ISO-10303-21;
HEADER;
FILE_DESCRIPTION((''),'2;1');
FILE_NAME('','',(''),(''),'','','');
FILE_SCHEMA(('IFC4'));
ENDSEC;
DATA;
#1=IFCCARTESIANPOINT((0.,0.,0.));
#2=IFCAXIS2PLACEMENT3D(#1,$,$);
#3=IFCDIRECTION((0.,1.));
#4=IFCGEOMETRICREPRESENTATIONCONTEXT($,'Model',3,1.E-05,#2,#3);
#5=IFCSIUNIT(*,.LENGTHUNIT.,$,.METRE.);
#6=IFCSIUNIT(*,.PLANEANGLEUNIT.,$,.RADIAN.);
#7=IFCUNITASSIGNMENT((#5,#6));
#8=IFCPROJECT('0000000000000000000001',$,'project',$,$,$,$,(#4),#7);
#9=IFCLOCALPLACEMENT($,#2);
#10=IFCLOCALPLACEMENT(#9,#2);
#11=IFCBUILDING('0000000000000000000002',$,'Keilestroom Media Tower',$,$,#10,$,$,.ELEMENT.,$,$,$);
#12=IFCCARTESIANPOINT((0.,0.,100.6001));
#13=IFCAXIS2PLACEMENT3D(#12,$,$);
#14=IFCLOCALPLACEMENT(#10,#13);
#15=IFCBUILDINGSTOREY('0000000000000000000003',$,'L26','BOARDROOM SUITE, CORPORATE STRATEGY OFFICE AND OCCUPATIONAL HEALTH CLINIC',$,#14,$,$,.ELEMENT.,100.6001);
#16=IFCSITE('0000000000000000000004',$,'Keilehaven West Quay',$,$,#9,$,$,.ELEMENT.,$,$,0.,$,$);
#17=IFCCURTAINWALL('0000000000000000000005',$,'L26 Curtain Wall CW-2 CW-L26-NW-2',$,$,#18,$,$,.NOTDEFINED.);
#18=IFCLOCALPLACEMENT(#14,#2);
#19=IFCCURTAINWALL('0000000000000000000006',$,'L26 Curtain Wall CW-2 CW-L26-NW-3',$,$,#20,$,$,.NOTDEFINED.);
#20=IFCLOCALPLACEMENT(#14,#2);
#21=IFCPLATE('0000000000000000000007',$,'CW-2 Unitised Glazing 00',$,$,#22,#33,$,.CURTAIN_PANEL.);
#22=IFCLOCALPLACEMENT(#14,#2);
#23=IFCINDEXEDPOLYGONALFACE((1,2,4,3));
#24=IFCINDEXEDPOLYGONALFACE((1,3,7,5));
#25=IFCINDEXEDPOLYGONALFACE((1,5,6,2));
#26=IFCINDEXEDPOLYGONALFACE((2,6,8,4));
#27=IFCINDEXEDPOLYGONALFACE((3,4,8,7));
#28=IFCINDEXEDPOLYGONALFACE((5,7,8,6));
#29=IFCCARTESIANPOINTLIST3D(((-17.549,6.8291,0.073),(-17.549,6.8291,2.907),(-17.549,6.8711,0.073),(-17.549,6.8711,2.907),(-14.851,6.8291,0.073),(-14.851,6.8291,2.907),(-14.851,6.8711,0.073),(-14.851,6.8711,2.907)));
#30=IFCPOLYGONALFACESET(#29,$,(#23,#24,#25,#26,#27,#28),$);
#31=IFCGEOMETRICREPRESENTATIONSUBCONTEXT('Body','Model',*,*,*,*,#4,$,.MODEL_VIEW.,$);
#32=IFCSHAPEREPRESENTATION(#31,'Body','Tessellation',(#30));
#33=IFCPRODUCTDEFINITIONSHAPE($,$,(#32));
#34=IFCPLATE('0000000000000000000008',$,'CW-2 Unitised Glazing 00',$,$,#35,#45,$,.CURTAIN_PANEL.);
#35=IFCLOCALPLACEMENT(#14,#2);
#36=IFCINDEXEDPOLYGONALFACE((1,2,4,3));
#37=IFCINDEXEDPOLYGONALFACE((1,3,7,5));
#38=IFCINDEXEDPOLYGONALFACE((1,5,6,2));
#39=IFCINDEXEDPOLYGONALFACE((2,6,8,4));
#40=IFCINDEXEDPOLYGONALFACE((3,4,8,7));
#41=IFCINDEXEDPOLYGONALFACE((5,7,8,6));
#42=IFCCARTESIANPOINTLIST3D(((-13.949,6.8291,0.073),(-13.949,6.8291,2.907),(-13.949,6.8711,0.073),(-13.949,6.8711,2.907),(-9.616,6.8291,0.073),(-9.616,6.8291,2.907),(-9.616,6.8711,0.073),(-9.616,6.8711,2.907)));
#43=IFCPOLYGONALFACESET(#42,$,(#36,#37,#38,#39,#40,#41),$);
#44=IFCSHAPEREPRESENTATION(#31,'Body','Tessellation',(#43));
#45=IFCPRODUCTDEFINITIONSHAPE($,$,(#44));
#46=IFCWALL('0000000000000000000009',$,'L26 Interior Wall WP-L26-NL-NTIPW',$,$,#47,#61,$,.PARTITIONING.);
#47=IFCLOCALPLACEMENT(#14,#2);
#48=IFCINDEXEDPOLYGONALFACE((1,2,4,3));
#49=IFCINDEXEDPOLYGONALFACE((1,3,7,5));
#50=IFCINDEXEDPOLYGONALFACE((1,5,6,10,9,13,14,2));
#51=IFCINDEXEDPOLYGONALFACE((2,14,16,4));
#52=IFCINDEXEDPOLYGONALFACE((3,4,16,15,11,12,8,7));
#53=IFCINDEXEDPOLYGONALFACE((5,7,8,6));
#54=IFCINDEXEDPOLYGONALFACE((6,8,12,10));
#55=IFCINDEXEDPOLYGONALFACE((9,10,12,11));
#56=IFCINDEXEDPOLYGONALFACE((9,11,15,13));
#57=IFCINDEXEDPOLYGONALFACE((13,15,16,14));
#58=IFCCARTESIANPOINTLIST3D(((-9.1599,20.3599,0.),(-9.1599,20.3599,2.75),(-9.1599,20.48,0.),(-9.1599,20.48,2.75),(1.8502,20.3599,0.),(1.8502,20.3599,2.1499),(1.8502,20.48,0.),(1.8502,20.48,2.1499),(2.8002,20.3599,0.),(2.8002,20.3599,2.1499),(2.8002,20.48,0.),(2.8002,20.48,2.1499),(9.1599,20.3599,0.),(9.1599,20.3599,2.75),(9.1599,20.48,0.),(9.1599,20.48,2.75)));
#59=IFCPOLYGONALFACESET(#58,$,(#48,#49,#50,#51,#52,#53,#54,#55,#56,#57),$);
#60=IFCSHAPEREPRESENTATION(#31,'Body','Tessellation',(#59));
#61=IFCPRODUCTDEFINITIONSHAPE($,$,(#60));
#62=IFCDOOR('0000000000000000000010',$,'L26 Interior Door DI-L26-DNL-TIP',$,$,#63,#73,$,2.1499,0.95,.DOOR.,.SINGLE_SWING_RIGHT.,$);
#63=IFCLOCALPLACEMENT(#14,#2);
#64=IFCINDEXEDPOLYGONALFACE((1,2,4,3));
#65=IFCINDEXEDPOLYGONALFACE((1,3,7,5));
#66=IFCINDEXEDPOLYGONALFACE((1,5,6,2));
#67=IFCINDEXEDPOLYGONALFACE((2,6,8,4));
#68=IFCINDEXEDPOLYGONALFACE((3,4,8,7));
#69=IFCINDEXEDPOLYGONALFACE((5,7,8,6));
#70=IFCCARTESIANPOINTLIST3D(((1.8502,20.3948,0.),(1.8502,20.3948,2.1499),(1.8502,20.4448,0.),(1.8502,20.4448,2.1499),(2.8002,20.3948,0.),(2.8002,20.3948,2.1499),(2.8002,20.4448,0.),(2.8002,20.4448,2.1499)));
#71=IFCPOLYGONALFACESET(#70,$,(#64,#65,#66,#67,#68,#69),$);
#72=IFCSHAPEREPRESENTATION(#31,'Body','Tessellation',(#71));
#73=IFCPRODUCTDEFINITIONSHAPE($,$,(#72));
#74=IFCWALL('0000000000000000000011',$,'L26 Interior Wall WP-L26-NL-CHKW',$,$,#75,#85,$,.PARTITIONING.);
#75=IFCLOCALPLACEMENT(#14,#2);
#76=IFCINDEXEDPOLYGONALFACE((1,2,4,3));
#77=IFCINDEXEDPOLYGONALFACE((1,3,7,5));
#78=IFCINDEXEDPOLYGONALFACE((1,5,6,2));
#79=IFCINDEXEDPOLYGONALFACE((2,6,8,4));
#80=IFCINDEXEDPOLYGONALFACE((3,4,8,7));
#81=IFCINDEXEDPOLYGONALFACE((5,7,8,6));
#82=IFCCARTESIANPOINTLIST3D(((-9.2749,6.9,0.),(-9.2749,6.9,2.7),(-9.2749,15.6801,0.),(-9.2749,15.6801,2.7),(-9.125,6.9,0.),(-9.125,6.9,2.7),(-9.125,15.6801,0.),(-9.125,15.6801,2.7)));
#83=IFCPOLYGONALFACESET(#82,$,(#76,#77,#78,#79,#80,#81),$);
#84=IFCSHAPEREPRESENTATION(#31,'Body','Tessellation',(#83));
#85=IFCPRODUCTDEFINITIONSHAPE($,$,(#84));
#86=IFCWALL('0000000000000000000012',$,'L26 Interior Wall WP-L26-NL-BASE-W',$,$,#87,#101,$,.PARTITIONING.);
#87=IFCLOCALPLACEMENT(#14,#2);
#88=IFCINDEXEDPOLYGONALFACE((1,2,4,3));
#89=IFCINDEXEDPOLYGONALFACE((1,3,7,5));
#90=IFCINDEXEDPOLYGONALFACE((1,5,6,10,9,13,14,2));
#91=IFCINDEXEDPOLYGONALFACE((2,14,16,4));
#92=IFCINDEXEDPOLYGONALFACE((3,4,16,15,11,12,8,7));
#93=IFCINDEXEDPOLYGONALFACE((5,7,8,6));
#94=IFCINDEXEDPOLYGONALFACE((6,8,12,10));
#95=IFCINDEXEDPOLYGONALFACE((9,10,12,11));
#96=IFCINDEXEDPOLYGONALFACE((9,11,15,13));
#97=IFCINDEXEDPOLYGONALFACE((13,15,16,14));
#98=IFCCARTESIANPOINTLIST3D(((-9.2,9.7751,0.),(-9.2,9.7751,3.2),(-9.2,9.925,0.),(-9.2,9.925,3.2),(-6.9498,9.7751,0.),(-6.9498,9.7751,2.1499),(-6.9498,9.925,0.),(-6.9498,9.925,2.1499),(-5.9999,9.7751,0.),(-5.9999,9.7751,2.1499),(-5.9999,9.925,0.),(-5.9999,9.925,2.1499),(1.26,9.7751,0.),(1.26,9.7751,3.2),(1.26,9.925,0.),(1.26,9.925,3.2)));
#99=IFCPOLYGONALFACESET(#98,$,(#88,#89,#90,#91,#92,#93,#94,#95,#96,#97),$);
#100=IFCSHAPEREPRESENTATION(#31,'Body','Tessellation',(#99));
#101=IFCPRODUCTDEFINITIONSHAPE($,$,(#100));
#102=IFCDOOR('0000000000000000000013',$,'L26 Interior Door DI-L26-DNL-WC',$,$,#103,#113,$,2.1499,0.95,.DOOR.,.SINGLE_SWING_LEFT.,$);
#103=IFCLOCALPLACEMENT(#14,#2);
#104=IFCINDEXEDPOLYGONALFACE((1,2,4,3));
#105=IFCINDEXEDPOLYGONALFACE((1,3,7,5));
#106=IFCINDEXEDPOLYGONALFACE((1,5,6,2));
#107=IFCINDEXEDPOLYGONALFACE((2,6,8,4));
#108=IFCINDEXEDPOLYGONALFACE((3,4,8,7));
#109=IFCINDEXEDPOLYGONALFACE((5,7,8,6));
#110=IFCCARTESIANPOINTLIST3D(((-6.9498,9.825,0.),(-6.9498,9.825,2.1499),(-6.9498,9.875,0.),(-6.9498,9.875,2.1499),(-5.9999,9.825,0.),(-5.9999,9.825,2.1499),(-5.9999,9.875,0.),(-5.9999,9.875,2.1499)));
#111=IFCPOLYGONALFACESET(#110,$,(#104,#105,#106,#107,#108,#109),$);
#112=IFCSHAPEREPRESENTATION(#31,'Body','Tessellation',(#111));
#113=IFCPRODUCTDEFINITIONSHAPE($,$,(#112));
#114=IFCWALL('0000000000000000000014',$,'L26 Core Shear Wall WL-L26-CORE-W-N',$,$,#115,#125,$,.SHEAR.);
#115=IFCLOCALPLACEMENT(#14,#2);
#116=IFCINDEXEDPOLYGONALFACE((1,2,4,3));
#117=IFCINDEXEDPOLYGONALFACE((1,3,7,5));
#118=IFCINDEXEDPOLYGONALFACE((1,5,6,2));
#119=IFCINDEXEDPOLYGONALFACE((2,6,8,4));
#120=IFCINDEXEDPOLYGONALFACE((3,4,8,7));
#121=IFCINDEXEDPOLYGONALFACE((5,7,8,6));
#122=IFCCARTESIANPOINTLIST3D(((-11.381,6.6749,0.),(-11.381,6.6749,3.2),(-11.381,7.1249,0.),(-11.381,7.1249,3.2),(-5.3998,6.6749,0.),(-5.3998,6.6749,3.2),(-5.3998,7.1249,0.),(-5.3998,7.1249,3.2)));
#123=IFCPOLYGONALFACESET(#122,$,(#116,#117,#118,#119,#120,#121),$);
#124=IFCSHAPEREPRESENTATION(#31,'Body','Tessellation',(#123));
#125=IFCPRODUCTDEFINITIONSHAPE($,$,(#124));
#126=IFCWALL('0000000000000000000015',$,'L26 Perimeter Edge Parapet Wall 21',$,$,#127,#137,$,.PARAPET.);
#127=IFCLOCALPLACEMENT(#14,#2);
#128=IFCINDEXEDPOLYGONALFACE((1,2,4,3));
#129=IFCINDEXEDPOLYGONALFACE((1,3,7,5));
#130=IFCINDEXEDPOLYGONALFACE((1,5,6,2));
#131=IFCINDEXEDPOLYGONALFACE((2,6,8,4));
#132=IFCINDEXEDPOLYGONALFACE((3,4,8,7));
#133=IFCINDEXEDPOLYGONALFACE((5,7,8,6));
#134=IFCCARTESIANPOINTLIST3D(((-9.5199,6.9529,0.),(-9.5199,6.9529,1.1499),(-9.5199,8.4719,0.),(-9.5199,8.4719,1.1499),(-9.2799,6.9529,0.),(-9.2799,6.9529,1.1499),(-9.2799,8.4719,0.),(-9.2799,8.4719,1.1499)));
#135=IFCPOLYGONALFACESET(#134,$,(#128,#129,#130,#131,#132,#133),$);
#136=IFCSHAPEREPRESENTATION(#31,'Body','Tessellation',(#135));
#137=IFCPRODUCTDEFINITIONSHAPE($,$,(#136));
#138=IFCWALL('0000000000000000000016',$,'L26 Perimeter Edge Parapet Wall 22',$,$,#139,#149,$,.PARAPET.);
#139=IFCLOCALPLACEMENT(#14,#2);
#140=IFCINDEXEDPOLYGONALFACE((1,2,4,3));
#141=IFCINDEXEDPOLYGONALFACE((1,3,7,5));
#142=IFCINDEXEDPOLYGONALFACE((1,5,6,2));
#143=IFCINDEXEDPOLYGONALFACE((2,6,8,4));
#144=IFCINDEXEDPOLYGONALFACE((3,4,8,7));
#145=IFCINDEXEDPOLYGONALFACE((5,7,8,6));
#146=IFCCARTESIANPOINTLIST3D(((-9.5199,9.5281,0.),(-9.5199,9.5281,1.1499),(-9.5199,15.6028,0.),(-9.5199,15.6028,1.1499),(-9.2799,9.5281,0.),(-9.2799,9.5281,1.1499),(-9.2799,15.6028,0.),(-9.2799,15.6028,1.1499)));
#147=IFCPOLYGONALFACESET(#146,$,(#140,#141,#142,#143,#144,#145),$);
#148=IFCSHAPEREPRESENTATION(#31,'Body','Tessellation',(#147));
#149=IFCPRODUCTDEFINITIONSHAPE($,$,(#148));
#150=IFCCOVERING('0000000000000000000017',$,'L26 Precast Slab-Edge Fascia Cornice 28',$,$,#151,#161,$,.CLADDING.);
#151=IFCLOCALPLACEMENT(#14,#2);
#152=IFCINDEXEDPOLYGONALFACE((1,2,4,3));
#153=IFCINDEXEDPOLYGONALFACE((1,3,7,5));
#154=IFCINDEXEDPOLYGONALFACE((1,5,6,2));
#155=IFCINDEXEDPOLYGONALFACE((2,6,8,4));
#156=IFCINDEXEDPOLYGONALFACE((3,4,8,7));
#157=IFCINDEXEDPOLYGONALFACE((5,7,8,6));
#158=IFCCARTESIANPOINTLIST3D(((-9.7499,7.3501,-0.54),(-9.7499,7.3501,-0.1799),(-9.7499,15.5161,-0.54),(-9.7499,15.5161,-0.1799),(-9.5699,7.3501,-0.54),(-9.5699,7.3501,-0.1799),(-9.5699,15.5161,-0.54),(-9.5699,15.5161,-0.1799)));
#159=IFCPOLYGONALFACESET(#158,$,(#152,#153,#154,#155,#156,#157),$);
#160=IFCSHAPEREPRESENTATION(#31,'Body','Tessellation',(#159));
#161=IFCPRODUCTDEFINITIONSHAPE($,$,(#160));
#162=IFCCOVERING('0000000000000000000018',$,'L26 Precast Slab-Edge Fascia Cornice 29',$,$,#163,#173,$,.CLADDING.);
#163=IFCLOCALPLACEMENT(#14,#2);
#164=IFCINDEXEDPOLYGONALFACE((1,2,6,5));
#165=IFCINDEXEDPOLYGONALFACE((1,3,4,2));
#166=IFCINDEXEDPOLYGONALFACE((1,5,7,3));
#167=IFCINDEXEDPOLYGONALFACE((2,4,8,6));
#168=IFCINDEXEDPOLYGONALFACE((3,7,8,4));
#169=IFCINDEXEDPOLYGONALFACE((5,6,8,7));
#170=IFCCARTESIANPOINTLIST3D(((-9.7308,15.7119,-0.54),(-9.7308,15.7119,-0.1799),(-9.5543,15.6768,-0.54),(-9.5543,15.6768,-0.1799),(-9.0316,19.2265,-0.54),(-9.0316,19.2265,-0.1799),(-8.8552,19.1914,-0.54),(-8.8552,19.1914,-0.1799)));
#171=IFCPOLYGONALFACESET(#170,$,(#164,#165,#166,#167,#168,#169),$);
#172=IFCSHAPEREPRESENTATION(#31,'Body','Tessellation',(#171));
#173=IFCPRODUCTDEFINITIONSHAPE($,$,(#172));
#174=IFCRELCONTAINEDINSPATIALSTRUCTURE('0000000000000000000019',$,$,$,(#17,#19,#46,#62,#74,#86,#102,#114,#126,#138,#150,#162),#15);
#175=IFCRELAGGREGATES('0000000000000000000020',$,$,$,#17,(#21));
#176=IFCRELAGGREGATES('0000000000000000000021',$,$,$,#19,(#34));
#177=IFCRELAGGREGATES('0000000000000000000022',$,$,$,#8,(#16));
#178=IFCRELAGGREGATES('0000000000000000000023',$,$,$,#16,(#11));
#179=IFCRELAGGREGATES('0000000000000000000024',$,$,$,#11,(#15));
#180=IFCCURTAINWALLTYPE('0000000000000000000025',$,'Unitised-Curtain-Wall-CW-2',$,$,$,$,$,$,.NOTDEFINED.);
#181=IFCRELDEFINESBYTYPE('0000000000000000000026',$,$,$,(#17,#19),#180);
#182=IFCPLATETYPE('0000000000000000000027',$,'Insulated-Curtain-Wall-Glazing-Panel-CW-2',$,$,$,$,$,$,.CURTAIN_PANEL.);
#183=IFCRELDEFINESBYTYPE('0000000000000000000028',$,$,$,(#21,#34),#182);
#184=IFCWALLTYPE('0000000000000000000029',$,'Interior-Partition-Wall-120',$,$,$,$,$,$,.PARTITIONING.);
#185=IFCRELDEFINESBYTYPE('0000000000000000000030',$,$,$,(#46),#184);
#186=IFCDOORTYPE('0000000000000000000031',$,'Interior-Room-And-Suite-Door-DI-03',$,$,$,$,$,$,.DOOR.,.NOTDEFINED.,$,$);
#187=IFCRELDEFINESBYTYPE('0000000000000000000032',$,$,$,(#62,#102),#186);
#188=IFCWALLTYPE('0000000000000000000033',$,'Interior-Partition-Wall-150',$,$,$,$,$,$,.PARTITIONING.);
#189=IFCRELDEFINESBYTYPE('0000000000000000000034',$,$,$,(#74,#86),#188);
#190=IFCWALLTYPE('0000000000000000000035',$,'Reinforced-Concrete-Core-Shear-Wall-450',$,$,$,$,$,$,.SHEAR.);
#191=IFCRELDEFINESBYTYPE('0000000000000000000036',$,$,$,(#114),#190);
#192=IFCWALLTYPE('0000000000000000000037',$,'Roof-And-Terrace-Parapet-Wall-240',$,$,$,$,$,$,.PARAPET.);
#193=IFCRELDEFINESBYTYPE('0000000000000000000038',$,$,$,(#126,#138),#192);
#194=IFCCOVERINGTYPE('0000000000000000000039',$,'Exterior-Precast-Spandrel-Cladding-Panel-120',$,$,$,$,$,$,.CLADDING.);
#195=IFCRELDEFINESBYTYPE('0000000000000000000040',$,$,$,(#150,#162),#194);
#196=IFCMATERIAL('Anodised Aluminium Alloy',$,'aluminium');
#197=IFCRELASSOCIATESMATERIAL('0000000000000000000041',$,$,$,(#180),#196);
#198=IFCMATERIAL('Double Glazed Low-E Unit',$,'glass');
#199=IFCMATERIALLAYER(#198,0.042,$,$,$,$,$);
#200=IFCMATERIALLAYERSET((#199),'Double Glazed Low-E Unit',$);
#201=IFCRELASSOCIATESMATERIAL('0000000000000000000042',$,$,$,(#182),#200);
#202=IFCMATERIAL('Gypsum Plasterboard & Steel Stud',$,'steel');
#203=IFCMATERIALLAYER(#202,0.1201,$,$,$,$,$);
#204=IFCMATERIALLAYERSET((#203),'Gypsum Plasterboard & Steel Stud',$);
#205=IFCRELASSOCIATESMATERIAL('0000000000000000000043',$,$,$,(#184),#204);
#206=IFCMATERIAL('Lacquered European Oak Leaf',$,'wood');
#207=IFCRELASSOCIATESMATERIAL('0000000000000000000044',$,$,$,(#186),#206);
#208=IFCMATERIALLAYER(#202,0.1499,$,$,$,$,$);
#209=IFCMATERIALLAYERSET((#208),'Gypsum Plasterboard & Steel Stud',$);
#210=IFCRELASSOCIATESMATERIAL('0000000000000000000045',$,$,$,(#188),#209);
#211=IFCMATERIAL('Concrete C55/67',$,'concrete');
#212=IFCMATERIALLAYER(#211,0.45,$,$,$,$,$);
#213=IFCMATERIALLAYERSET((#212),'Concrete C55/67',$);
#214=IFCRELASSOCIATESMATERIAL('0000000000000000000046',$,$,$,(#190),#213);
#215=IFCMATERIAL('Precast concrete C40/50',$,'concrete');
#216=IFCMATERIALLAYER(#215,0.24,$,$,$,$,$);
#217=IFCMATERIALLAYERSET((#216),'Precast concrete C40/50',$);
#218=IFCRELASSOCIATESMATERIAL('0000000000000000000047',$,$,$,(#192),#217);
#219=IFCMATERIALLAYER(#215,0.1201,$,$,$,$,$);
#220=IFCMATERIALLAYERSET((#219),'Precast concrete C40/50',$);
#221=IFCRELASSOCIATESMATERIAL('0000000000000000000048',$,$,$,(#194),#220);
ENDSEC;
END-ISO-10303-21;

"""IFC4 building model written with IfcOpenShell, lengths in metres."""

from ifc_helpers import new_model, si_unit, direction, frame, frame_2d, origin, origin_2d, place, context, subcontext, project, spatial, rectangle, extrude, source, transform, mapped, material, layer, layer_set, type_object, element, fill, aggregate, save


model = new_model("IFC4")

# Units and contexts
model_context = context("Model", 3, precision=1e-05, world=origin(), true_north=direction((0.0, 1.0)))
body_context = subcontext(model_context, "Body", "Model", "MODEL_VIEW")
ifc_project = project(units=[si_unit("LENGTHUNIT", "METRE"), si_unit("PLANEANGLEUNIT", "RADIAN")], contexts=[model_context])

# Site, building, storey
site_placement = place(None, origin())
site = spatial("IfcSite", under=ifc_project, at=site_placement, Name="Keilehaven West Quay", CompositionType="ELEMENT", RefElevation=0.0)
building_placement = place(site_placement, origin())
building = spatial("IfcBuilding", under=site, at=building_placement, Name="Keilestroom Media Tower", CompositionType="ELEMENT")
storey_placement = place(building_placement, frame((0.0, 0.0, 100.6001)))
storey = spatial("IfcBuildingStorey", under=building, at=storey_placement, Name="L26", Description="BOARDROOM SUITE, CORPORATE STRATEGY OFFICE AND OCCUPATIONAL HEALTH CLINIC", CompositionType="ELEMENT", Elevation=100.6001)

# Shared definitions
ifc_material_1 = material(Name="Precast concrete C40/50", Category="concrete")
ifc_material_2 = material(Name="Concrete C55/67", Category="concrete")

# Shared definitions
ifc_material_3 = material(Name="Anodised Aluminium Alloy", Category="aluminium")
curtain_wall_type = type_object("IfcCurtainWallType", Name="Unitised-Curtain-Wall-CW-2", PredefinedType="NOTDEFINED", material=ifc_material_3)

# Curtain walls
curtain_wall_1_placement = place(storey_placement, origin())
curtain_wall_1 = element("IfcCurtainWall", 1, at=curtain_wall_1_placement, inside=storey, type_object=curtain_wall_type, Name="L26 Curtain Wall CW-2 CW-L26-NW-2", PredefinedType="NOTDEFINED")
curtain_wall_2_placement = place(storey_placement, origin())
curtain_wall_2 = element("IfcCurtainWall", 2, at=curtain_wall_2_placement, inside=storey, type_object=curtain_wall_type, Name="L26 Curtain Wall CW-2 CW-L26-NW-3", PredefinedType="NOTDEFINED")

# Plates
ifc_material_4 = material(Name="Double Glazed Low-E Unit", Category="glass")
ifc_layer_1 = layer(ifc_material_4, 0.042)
ifc_layer_set_1 = layer_set([ifc_layer_1], Name="Double Glazed Low-E Unit")
plate_type = type_object("IfcPlateType", Name="Insulated-Curtain-Wall-Glazing-Panel-CW-2", PredefinedType="CURTAIN_PANEL", material=ifc_layer_set_1)
shared_shape_1 = source(origin(), body_context, "Body", "SweptSolid", [
    extrude(rectangle(XDim=2.698, YDim=0.042, at=origin_2d()), origin(), (0.0, 0.0, 1.0), 2.834),
])
plate_1_placement = place(storey_placement, frame((-16.2, 6.8501, 0.073), z_axis=(0.0, 0.0, 1.0), x_axis=(1.0, 0.0, 0.0)))
plate_1 = element("IfcPlate", 3, at=plate_1_placement, type_object=plate_type, Name="CW-2 Unitised Glazing 00", PredefinedType="CURTAIN_PANEL", context=body_context, shape_type="MappedRepresentation", body=[
    mapped(shared_shape_1, transform((0.0, 0.0, 0.0), x_axis=(1.0, 0.0, 0.0), y_axis=(0.0, 1.0, 0.0), z_axis=(0.0, 0.0, 1.0), scale=1.0)),
])
aggregate(curtain_wall_1, [plate_1])
shared_shape_2 = source(origin(), body_context, "Body", "SweptSolid", [
    extrude(rectangle(XDim=4.333, YDim=0.042, at=origin_2d()), origin(), (0.0, 0.0, 1.0), 2.834),
])
plate_2_placement = place(storey_placement, frame((-11.7825, 6.8501, 0.073), z_axis=(0.0, 0.0, 1.0), x_axis=(1.0, 0.0, 0.0)))
plate_2 = element("IfcPlate", 4, at=plate_2_placement, type_object=plate_type, Name="CW-2 Unitised Glazing 00", PredefinedType="CURTAIN_PANEL", context=body_context, shape_type="MappedRepresentation", body=[
    mapped(shared_shape_2, transform((0.0, 0.0, 0.0), x_axis=(1.0, 0.0, 0.0), y_axis=(0.0, 1.0, 0.0), z_axis=(0.0, 0.0, 1.0), scale=1.0)),
])
aggregate(curtain_wall_2, [plate_2])

# Wall, opening, door
ifc_material_5 = material(Name="Gypsum Plasterboard & Steel Stud", Category="steel")
ifc_layer_2 = layer(ifc_material_5, 0.1201)
ifc_layer_set_2 = layer_set([ifc_layer_2], Name="Gypsum Plasterboard & Steel Stud")
wall_type_1 = type_object("IfcWallType", Name="Interior-Partition-Wall-120", PredefinedType="PARTITIONING", material=ifc_layer_set_2)
wall_1_placement = place(storey_placement, frame((-9.1599, 20.4199, 0.0), z_axis=(0.0, 0.0, 1.0), x_axis=(1.0, 0.0, 0.0)))
wall_1 = element("IfcWall", 5, at=wall_1_placement, inside=storey, type_object=wall_type_1, Name="L26 Interior Wall WP-L26-NL-NTIPW", PredefinedType="PARTITIONING", context=body_context, shape_type="SweptSolid", body=[
    extrude(rectangle(XDim=18.3198, YDim=0.1201, at=frame_2d((9.1599, 0.0))), origin(), (0.0, 0.0, 1.0), 2.75),
])
opening_1_placement = place(wall_1_placement, frame((11.01, 0.0, 0.0)))
opening_1 = element("IfcOpeningElement", 6, at=opening_1_placement, cuts=wall_1, PredefinedType="OPENING", context=body_context, shape_type="SweptSolid", body=[
    extrude(rectangle(XDim=0.95, YDim=2.1499, at=frame_2d((0.4751, 1.075))), frame((0.0, 0.0701, 0.0), z_axis=(0.0, -1.0, 0.0), x_axis=(1.0, 0.0, 0.0)), (0.0, 0.0, 1.0), 0.1401),
])
ifc_material_6 = material(Name="Lacquered European Oak Leaf", Category="wood")
door_type = type_object("IfcDoorType", Name="Interior-Room-And-Suite-Door-DI-03", OperationType="NOTDEFINED", PredefinedType="DOOR", material=ifc_material_6)
shared_shape_3 = source(origin(), body_context, "Body", "SweptSolid", [
    extrude(rectangle(XDim=0.95, YDim=2.1499, at=frame_2d((0.4751, 1.075))), frame((0.0, 0.0249, 0.0), z_axis=(0.0, -1.0, 0.0), x_axis=(1.0, 0.0, 0.0)), (0.0, 0.0, 1.0), 0.05),
])
door_1_placement = place(opening_1_placement, origin())
door_1 = element("IfcDoor", 7, at=door_1_placement, inside=storey, type_object=door_type, Name="L26 Interior Door DI-L26-DNL-TIP", OperationType="SINGLE_SWING_RIGHT", OverallHeight=2.1499, OverallWidth=0.95, PredefinedType="DOOR", context=body_context, shape_type="MappedRepresentation", body=[
    mapped(shared_shape_3, transform((0.0, 0.0, 0.0), x_axis=(1.0, 0.0, 0.0), y_axis=(0.0, 1.0, 0.0), z_axis=(0.0, 0.0, 1.0), scale=1.0)),
])
fill(opening_1, door_1)

# Wall
ifc_layer_3 = layer(ifc_material_5, 0.1499)
ifc_layer_set_3 = layer_set([ifc_layer_3], Name="Gypsum Plasterboard & Steel Stud")
wall_type_2 = type_object("IfcWallType", Name="Interior-Partition-Wall-150", PredefinedType="PARTITIONING", material=ifc_layer_set_3)
wall_2_placement = place(storey_placement, frame((-9.2, 6.8999, 0.0), z_axis=(0.0, 0.0, 1.0), x_axis=(0.0, 1.0, 0.0)))
element("IfcWall", 8, at=wall_2_placement, inside=storey, type_object=wall_type_2, Name="L26 Interior Wall WP-L26-NL-CHKW", PredefinedType="PARTITIONING", context=body_context, shape_type="SweptSolid", body=[
    extrude(rectangle(XDim=8.78, YDim=0.1499, at=frame_2d((4.3901, 0.0))), origin(), (0.0, 0.0, 1.0), 2.7),
])

# Wall, opening, door
wall_3_placement = place(storey_placement, frame((-9.2, 9.8501, 0.0), z_axis=(0.0, 0.0, 1.0), x_axis=(1.0, 0.0, 0.0)))
wall_3 = element("IfcWall", 9, at=wall_3_placement, inside=storey, type_object=wall_type_2, Name="L26 Interior Wall WP-L26-NL-BASE-W", PredefinedType="PARTITIONING", context=body_context, shape_type="SweptSolid", body=[
    extrude(rectangle(XDim=10.46, YDim=0.1499, at=frame_2d((5.23, 0.0))), origin(), (0.0, 0.0, 1.0), 3.2),
])
opening_2_placement = place(wall_3_placement, frame((2.25, 0.0, 0.0)))
opening_2 = element("IfcOpeningElement", 10, at=opening_2_placement, cuts=wall_3, PredefinedType="OPENING", context=body_context, shape_type="SweptSolid", body=[
    extrude(rectangle(XDim=0.95, YDim=2.1499, at=frame_2d((0.4751, 1.075))), frame((0.0, 0.085, 0.0), z_axis=(0.0, -1.0, 0.0), x_axis=(1.0, 0.0, 0.0)), (0.0, 0.0, 1.0), 0.1699),
])
door_2_placement = place(opening_2_placement, origin())
door_2 = element("IfcDoor", 11, at=door_2_placement, inside=storey, type_object=door_type, Name="L26 Interior Door DI-L26-DNL-WC", OperationType="SINGLE_SWING_LEFT", OverallHeight=2.1499, OverallWidth=0.95, PredefinedType="DOOR", context=body_context, shape_type="MappedRepresentation", body=[
    mapped(shared_shape_3, transform((0.0, 0.0, 0.0), x_axis=(1.0, 0.0, 0.0), y_axis=(0.0, 1.0, 0.0), z_axis=(0.0, 0.0, 1.0), scale=1.0)),
])
fill(opening_2, door_2)

# Walls
ifc_layer_4 = layer(ifc_material_2, 0.45)
ifc_layer_set_4 = layer_set([ifc_layer_4], Name="Concrete C55/67")
wall_type_3 = type_object("IfcWallType", Name="Reinforced-Concrete-Core-Shear-Wall-450", PredefinedType="SHEAR", material=ifc_layer_set_4)
wall_4_placement = place(storey_placement, frame((-11.3811, 6.8999, 0.0), z_axis=(0.0, 0.0, 1.0), x_axis=(1.0, 0.0, 0.0)))
element("IfcWall", 12, at=wall_4_placement, inside=storey, type_object=wall_type_3, Name="L26 Core Shear Wall WL-L26-CORE-W-N", PredefinedType="SHEAR", context=body_context, shape_type="SweptSolid", body=[
    extrude(rectangle(XDim=5.9812, YDim=0.45, at=frame_2d((2.9907, 0.0))), origin(), (0.0, 0.0, 1.0), 3.2),
])
ifc_layer_5 = layer(ifc_material_1, 0.24)
ifc_layer_set_5 = layer_set([ifc_layer_5], Name="Precast concrete C40/50")
wall_type_4 = type_object("IfcWallType", Name="Roof-And-Terrace-Parapet-Wall-240", PredefinedType="PARAPET", material=ifc_layer_set_5)
wall_5_placement = place(storey_placement, frame((-9.3999, 6.9529, 0.0), z_axis=(0.0, 0.0, 1.0), x_axis=(0.0, 1.0, 0.0)))
element("IfcWall", 13, at=wall_5_placement, inside=storey, type_object=wall_type_4, Name="L26 Perimeter Edge Parapet Wall 21", PredefinedType="PARAPET", context=body_context, shape_type="SweptSolid", body=[
    extrude(rectangle(XDim=1.519, YDim=0.24, at=frame_2d((0.7595, 0.0))), origin(), (0.0, 0.0, 1.0), 1.1499),
])
wall_6_placement = place(storey_placement, frame((-9.3999, 9.5281, 0.0), z_axis=(0.0, 0.0, 1.0), x_axis=(0.0, 1.0, 0.0)))
element("IfcWall", 14, at=wall_6_placement, inside=storey, type_object=wall_type_4, Name="L26 Perimeter Edge Parapet Wall 22", PredefinedType="PARAPET", context=body_context, shape_type="SweptSolid", body=[
    extrude(rectangle(XDim=6.0747, YDim=0.24, at=frame_2d((3.0374, 0.0))), origin(), (0.0, 0.0, 1.0), 1.1499),
])

# Coverings
ifc_layer_6 = layer(ifc_material_1, 0.1201)
ifc_layer_set_6 = layer_set([ifc_layer_6], Name="Precast concrete C40/50")
covering_type = type_object("IfcCoveringType", Name="Exterior-Precast-Spandrel-Cladding-Panel-120", PredefinedType="CLADDING", material=ifc_layer_set_6)
shared_shape_4 = source(origin(), body_context, "Body", "SweptSolid", [
    extrude(rectangle(XDim=8.166, YDim=0.1799, at=origin_2d()), origin(), (0.0, 0.0, 1.0), 0.3601),
])
covering_1_placement = place(storey_placement, frame((-9.6599, 11.4331, -0.54), z_axis=(0.0, 0.0, 1.0), x_axis=(0.0, 1.0, 0.0)))
element("IfcCovering", 15, at=covering_1_placement, inside=storey, type_object=covering_type, Name="L26 Precast Slab-Edge Fascia Cornice 28", PredefinedType="CLADDING", context=body_context, shape_type="MappedRepresentation", body=[
    mapped(shared_shape_4, transform((0.0, 0.0, 0.0), x_axis=(1.0, 0.0, 0.0), y_axis=(0.0, 1.0, 0.0), z_axis=(0.0, 0.0, 1.0), scale=1.0)),
])
shared_shape_5 = source(origin(), body_context, "Body", "SweptSolid", [
    extrude(rectangle(XDim=3.5835, YDim=0.1799, at=origin_2d()), origin(), (0.0, 0.0, 1.0), 0.3601),
])
covering_2_placement = place(storey_placement, frame((-9.293, 17.4517, -0.54), z_axis=(0.0, 0.0, 1.0), x_axis=(0.195099, 0.980784, 0.0)))
element("IfcCovering", 16, at=covering_2_placement, inside=storey, type_object=covering_type, Name="L26 Precast Slab-Edge Fascia Cornice 29", PredefinedType="CLADDING", context=body_context, shape_type="MappedRepresentation", body=[
    mapped(shared_shape_5, transform((0.0, 0.0, 0.0), x_axis=(1.0, 0.0, 0.0), y_axis=(0.0, 1.0, 0.0), z_axis=(0.0, 0.0, 1.0), scale=1.0)),
])

save(model, "model.ifc")
